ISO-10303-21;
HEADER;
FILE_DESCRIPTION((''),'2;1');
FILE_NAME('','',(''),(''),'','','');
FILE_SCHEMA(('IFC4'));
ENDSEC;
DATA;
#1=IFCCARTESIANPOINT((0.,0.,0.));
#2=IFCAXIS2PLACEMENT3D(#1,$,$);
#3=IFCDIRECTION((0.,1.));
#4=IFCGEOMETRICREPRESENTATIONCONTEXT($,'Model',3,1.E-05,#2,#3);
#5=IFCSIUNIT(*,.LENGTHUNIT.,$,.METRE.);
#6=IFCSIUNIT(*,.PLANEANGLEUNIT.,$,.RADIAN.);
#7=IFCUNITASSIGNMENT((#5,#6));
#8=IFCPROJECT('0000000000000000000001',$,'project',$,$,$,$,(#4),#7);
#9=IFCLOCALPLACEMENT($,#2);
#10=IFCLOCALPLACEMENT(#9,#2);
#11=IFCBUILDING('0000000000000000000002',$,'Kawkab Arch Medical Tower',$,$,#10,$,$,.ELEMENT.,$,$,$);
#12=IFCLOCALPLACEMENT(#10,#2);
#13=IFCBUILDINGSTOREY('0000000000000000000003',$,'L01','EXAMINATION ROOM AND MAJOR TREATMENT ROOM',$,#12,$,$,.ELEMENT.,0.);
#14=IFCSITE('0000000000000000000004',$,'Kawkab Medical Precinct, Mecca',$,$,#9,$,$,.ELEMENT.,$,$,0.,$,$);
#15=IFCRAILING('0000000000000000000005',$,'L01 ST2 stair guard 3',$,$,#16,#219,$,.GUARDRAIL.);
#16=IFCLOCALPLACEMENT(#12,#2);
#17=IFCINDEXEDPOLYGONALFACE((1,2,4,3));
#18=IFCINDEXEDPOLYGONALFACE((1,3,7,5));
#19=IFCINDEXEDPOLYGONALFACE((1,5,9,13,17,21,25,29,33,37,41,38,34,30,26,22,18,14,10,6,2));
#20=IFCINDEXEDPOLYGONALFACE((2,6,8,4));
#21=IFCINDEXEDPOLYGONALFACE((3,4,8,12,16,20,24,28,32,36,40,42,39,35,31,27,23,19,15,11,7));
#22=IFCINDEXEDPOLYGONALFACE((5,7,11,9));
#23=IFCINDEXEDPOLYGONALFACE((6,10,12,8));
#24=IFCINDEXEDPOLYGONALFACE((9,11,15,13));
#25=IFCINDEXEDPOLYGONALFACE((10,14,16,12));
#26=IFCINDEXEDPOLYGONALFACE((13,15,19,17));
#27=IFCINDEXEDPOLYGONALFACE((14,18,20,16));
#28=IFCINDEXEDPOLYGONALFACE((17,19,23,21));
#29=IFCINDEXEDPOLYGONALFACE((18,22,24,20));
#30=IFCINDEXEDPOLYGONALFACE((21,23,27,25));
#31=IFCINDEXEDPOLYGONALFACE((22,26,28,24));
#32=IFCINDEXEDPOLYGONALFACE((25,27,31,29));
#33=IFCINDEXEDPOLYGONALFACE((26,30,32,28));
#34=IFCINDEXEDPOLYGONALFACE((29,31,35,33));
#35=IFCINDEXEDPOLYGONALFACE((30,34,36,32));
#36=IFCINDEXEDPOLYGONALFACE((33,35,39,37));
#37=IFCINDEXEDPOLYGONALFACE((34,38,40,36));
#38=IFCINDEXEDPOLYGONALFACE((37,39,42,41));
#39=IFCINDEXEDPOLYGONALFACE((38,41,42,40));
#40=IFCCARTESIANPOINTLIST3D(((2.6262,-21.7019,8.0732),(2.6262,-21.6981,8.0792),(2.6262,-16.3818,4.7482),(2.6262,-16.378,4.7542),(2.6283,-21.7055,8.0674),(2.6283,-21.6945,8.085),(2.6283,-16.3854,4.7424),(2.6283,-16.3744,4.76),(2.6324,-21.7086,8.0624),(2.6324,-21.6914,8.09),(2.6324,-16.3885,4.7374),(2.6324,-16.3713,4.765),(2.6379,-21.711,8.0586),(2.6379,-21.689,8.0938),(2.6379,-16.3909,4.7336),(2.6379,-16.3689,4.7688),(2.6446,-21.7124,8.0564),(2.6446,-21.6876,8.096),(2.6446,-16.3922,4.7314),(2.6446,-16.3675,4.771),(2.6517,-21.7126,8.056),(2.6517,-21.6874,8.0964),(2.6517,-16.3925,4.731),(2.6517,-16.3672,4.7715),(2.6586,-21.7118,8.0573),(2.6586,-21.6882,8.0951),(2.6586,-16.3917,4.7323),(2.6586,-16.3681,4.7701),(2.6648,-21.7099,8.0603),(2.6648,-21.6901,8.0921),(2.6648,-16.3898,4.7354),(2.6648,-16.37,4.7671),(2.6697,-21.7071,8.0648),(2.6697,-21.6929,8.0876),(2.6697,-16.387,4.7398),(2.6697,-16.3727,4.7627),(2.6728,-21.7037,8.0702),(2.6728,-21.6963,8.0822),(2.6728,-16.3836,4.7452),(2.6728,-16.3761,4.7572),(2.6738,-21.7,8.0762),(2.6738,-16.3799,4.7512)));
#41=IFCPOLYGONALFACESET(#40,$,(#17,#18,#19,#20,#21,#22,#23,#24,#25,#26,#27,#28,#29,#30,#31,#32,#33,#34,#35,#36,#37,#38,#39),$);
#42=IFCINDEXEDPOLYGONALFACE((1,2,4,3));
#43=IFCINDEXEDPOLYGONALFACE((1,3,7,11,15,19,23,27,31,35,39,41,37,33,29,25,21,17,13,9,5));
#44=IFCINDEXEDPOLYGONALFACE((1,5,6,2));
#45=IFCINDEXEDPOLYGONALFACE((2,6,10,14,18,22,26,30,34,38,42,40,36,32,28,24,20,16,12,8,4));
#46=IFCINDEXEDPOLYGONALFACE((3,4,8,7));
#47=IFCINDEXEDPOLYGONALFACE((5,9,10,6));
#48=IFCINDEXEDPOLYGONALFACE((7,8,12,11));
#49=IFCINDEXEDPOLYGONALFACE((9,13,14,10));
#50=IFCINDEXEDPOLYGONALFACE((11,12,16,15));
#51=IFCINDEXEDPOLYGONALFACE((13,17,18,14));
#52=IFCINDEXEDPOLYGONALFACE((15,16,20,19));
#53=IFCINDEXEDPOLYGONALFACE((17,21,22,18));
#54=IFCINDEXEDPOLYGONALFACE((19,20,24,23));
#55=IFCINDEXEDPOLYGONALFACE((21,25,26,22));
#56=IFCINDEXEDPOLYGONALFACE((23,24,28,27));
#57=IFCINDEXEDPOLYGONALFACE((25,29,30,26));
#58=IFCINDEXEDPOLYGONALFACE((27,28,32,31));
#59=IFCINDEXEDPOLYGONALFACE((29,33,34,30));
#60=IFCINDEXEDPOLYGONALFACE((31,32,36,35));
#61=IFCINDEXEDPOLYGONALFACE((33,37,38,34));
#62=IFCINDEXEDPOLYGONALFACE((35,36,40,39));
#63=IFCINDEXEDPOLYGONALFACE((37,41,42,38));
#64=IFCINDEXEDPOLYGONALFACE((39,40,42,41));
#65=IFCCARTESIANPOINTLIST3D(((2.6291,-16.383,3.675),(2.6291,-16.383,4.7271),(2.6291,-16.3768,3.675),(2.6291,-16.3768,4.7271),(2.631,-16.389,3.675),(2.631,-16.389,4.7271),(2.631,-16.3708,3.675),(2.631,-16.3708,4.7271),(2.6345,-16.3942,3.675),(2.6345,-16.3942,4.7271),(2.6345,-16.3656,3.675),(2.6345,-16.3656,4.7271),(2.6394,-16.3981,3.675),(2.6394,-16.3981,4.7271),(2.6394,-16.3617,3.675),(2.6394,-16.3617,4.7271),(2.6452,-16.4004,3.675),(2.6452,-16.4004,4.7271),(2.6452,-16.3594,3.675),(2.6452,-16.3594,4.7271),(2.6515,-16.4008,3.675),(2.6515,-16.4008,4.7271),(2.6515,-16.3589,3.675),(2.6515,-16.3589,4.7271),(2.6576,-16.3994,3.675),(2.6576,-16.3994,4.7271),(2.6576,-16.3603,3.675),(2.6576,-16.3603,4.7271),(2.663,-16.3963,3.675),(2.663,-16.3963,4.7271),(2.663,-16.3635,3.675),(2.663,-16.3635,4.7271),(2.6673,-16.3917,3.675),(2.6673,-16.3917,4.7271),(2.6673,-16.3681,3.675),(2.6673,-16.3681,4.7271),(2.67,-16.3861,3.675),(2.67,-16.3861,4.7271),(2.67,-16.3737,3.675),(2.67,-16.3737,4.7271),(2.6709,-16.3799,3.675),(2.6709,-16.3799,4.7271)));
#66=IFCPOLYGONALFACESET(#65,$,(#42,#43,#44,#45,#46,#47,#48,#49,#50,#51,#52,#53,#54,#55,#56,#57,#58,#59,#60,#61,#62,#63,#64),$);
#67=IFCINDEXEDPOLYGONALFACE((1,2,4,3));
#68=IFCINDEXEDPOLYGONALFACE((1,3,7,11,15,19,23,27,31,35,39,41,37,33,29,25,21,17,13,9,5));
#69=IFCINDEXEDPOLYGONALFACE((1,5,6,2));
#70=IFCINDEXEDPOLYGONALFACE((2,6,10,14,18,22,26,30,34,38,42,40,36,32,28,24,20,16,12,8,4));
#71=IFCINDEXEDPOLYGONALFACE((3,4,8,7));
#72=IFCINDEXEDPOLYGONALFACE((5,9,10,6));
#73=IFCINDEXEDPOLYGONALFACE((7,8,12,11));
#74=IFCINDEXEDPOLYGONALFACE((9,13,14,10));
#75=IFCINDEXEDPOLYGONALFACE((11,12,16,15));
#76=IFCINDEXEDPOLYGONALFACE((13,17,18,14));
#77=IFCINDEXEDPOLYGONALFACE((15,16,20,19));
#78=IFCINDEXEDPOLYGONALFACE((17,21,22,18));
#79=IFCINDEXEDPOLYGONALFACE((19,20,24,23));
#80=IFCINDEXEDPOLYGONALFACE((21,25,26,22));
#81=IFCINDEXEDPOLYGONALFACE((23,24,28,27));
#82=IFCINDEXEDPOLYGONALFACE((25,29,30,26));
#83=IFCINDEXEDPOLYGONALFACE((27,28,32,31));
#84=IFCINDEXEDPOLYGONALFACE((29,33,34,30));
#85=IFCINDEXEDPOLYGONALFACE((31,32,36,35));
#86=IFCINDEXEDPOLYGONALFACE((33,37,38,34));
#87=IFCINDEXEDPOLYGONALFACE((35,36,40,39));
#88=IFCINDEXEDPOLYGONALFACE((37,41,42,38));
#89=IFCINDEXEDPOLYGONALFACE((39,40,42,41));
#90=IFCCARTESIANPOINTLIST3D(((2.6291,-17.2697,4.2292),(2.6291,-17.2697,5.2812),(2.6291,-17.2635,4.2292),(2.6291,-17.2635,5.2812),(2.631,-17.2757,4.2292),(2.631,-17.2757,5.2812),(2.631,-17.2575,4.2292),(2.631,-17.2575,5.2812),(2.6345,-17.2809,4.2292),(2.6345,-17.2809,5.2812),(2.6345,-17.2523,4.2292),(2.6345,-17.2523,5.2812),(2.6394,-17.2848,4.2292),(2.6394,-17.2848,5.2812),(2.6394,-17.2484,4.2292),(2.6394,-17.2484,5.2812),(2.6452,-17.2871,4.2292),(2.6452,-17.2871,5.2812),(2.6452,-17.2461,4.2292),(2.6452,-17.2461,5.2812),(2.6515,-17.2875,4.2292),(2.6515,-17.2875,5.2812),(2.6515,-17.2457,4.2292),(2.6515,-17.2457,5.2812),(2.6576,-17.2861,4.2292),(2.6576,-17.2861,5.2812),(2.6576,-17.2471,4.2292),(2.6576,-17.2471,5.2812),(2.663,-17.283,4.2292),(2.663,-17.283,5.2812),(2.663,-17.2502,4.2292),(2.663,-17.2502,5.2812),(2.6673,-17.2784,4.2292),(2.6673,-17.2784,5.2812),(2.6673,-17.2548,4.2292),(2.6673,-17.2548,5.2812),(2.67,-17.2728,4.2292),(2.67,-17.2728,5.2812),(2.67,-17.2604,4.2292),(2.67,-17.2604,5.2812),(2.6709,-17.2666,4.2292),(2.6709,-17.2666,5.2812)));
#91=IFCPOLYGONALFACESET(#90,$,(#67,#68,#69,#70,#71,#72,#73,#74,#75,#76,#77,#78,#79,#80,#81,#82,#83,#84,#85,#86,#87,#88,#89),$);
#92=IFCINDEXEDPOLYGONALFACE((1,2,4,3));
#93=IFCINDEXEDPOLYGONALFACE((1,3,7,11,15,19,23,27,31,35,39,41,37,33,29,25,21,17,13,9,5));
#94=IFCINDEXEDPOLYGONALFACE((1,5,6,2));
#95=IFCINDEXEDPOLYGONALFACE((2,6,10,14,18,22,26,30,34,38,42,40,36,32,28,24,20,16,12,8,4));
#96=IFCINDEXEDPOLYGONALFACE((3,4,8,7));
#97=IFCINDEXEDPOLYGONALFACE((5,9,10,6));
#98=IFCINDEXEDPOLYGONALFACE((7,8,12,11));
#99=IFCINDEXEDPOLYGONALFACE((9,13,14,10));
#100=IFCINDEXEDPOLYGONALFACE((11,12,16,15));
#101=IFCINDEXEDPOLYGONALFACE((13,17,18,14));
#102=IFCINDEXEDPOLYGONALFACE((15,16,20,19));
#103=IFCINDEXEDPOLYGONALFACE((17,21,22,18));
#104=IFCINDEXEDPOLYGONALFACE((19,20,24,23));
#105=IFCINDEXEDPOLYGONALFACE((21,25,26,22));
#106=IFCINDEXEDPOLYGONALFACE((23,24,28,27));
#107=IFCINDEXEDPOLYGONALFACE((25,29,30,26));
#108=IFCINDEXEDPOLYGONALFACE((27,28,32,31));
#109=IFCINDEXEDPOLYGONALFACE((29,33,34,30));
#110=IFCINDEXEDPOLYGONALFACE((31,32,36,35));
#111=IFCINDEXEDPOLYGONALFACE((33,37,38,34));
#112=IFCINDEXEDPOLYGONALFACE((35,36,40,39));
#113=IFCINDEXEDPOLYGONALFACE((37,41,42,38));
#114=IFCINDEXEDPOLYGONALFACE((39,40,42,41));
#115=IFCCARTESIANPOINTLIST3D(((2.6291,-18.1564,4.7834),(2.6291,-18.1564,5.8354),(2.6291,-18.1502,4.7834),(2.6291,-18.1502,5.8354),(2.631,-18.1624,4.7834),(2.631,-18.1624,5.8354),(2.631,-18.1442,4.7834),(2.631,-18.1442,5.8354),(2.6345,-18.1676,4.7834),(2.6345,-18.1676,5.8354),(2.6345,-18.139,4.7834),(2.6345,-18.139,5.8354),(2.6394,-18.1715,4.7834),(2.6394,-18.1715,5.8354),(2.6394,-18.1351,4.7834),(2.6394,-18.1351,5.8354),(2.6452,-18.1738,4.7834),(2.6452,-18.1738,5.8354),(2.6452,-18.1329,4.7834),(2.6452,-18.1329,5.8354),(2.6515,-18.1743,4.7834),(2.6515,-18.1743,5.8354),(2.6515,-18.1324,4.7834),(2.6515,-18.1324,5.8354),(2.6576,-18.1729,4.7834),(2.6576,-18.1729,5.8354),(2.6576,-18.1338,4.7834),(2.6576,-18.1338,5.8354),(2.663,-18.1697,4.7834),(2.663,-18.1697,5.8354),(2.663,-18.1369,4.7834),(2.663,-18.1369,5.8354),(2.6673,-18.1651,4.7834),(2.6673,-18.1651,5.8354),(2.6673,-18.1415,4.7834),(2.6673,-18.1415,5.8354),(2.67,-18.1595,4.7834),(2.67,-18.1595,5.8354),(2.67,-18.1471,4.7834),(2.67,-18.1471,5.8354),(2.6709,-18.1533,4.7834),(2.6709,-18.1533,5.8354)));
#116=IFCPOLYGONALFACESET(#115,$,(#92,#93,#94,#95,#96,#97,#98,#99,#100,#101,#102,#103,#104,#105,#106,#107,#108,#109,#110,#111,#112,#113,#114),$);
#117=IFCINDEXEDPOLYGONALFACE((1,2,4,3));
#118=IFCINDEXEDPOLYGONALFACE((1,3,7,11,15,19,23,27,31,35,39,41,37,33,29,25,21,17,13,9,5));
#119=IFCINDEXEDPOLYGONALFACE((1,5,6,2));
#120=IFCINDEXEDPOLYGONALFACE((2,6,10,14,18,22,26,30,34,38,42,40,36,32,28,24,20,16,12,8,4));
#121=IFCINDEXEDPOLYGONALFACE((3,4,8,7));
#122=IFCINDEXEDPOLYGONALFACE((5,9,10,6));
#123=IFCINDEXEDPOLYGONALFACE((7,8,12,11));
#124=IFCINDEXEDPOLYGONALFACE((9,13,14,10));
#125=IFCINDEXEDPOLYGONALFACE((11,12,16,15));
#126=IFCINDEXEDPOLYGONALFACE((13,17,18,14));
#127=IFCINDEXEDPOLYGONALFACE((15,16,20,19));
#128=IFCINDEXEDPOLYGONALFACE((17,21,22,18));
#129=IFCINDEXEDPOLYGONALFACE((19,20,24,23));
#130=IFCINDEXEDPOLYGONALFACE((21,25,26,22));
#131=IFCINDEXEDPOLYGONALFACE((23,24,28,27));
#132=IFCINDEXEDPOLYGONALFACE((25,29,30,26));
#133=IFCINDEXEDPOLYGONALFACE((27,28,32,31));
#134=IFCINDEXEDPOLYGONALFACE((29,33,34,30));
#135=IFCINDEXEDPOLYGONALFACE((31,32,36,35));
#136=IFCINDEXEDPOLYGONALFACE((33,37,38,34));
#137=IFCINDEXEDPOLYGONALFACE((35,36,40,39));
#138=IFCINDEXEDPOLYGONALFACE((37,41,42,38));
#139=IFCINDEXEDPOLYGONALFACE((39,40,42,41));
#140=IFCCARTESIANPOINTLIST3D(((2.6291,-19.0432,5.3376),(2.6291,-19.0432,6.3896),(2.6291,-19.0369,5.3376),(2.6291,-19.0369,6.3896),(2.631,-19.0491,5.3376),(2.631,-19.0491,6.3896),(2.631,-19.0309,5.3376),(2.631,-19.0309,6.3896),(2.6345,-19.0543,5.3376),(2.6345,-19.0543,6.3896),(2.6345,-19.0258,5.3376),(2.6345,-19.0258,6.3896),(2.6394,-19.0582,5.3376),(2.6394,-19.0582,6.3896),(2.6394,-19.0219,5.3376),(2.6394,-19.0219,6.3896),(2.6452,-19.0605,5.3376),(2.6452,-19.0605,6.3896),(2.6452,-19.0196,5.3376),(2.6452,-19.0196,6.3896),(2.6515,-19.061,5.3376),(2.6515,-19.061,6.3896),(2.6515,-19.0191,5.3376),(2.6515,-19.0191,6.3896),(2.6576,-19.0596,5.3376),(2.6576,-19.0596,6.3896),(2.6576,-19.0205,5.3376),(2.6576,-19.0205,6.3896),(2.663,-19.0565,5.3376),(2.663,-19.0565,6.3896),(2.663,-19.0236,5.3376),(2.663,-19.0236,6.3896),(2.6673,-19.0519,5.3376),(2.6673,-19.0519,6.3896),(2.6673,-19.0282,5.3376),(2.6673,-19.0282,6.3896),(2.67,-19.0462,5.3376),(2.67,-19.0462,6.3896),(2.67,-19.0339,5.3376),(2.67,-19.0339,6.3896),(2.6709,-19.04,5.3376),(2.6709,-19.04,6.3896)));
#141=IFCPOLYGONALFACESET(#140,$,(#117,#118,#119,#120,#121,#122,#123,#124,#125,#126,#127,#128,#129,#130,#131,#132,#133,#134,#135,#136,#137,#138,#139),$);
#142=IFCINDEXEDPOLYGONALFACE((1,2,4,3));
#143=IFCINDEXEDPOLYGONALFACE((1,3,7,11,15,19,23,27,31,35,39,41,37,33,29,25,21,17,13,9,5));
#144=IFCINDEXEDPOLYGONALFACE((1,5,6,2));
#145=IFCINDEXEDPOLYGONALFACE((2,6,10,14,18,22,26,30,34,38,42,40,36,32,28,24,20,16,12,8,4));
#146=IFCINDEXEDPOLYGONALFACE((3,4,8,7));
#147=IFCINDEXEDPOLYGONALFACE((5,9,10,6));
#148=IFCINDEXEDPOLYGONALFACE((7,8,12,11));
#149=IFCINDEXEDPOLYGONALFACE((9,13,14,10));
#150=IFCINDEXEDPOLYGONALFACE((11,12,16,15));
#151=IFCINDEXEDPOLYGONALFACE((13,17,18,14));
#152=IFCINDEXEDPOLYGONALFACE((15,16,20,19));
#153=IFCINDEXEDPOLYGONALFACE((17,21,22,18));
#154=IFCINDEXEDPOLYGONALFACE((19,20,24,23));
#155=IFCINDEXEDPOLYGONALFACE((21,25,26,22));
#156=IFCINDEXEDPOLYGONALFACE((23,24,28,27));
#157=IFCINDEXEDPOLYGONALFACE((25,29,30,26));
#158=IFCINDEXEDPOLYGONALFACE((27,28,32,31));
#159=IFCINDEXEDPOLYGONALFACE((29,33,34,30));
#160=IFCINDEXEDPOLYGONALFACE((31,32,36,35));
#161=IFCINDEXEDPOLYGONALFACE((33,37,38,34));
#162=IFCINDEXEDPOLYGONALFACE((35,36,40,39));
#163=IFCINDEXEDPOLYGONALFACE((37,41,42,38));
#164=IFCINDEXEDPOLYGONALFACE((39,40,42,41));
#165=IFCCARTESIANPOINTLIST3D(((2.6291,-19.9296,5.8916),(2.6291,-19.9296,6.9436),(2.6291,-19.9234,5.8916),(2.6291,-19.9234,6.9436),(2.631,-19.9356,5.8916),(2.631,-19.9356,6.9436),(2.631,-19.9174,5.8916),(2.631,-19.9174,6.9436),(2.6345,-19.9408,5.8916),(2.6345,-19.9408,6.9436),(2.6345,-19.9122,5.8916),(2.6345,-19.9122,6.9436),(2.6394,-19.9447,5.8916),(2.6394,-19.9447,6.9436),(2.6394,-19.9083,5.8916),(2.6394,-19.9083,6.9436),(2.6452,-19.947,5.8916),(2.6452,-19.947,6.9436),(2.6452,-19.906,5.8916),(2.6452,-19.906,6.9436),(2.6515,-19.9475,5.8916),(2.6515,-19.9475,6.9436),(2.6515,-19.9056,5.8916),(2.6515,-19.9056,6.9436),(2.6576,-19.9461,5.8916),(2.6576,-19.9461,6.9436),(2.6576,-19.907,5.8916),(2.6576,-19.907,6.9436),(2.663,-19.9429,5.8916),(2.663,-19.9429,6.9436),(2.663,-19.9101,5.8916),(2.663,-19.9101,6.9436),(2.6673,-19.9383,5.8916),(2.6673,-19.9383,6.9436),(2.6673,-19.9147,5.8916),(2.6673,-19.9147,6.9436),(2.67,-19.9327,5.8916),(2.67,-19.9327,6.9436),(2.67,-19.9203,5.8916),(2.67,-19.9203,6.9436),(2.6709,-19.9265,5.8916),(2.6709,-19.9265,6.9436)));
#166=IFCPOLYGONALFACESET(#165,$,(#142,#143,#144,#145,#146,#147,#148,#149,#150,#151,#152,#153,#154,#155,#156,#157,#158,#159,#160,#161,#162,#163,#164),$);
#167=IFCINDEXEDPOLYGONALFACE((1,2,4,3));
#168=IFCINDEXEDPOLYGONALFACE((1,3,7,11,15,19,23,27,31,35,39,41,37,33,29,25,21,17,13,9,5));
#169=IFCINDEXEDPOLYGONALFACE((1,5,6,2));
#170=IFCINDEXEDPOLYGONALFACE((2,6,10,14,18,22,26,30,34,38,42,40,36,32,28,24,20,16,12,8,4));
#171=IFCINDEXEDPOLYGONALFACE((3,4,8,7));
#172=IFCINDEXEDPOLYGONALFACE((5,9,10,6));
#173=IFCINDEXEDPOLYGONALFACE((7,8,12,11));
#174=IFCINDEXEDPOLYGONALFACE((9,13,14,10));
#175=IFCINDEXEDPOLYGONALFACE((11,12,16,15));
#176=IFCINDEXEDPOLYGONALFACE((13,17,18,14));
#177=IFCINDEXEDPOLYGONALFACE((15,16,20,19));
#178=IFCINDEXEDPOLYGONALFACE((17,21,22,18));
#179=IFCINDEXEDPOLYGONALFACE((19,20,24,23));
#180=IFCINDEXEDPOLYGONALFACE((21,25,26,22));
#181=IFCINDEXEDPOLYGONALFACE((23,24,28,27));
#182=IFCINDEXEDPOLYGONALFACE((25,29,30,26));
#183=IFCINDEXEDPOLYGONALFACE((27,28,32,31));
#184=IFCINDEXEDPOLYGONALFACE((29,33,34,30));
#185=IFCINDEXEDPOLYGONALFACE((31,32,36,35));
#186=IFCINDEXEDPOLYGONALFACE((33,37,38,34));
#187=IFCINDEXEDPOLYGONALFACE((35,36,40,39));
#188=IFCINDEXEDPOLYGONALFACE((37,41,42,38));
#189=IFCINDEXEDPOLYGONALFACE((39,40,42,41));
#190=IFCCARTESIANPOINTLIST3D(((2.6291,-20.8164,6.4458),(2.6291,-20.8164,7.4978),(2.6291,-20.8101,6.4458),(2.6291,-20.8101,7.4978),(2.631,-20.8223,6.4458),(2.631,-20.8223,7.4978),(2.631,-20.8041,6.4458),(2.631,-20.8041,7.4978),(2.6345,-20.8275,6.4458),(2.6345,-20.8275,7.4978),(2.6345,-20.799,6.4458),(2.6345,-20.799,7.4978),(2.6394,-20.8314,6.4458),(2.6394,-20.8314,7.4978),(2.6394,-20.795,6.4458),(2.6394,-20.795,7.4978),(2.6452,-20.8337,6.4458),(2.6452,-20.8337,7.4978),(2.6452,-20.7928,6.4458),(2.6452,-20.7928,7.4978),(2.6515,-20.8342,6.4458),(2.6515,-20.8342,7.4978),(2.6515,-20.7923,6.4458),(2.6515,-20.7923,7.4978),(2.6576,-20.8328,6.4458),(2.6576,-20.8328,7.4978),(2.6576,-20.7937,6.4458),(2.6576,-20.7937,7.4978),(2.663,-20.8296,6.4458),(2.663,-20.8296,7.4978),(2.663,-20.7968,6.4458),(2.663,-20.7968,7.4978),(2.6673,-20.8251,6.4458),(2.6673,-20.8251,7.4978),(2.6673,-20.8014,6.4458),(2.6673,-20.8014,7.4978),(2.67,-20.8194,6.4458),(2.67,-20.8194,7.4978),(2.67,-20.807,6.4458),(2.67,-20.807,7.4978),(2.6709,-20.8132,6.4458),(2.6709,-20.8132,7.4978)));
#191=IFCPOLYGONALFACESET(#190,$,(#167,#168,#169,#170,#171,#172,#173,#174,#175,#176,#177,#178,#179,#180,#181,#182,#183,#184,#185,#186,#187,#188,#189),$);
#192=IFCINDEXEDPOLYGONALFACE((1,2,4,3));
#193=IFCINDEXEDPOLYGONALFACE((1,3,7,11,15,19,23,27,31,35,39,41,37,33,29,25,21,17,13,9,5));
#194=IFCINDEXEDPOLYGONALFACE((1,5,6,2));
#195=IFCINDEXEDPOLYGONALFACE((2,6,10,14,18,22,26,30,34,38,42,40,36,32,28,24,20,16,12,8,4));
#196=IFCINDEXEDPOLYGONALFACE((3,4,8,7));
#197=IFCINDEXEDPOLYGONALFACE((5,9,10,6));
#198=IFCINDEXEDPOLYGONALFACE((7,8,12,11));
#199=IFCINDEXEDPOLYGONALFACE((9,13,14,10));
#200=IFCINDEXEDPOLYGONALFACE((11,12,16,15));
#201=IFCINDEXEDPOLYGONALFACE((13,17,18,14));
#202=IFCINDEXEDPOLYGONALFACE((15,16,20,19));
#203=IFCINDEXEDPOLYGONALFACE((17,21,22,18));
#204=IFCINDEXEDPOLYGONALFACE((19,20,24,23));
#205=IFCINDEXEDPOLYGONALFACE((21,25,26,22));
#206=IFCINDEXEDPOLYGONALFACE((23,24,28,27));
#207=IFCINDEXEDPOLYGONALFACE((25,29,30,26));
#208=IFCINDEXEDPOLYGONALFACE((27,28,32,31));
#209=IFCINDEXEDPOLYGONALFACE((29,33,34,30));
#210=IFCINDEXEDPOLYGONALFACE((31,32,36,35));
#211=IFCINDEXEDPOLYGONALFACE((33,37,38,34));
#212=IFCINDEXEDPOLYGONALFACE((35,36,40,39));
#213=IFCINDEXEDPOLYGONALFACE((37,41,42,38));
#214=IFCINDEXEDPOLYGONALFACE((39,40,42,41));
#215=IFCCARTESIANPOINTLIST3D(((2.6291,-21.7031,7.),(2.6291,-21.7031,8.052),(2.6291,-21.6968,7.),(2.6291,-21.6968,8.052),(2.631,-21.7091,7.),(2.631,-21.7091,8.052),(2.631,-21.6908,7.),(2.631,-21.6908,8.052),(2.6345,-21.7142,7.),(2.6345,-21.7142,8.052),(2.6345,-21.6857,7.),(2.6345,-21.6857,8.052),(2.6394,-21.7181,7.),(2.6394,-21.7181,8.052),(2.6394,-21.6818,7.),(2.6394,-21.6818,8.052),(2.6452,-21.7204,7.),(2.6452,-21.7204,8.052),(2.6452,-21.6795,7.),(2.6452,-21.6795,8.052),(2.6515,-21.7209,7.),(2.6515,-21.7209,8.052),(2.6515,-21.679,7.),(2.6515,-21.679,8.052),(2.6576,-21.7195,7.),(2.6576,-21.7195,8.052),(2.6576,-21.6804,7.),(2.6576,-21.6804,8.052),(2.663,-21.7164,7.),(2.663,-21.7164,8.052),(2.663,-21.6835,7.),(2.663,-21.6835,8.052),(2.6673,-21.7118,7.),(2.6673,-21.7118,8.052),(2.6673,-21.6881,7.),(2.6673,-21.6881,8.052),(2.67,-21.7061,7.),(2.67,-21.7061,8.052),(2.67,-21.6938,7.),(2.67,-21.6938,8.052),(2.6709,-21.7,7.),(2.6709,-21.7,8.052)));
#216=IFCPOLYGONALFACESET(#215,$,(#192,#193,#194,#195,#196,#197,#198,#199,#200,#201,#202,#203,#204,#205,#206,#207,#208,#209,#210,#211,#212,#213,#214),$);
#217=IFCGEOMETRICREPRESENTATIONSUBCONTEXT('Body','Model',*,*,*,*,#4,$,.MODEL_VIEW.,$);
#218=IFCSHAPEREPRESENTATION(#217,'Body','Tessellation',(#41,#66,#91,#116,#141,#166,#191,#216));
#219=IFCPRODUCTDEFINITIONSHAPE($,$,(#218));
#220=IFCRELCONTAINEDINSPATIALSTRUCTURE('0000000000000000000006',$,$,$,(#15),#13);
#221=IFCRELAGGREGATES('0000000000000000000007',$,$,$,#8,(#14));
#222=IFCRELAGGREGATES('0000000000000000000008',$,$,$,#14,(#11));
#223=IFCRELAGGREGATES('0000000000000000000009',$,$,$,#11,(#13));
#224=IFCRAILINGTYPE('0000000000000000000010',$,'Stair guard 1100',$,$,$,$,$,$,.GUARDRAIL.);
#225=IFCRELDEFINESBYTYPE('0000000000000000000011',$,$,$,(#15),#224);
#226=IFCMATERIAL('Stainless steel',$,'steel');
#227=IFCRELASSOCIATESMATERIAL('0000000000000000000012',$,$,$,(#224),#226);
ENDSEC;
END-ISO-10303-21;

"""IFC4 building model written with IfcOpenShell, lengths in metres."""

from ifc_helpers import new_model, si_unit, direction, frame, origin, origin_2d, place, context, subcontext, project, spatial, circle, extrude, material, type_object, element, save


model = new_model("IFC4")

# Units and contexts
model_context = context("Model", 3, precision=1e-05, world=origin(), true_north=direction((0.0, 1.0)))
body_context = subcontext(model_context, "Body", "Model", "MODEL_VIEW")
ifc_project = project(units=[si_unit("LENGTHUNIT", "METRE"), si_unit("PLANEANGLEUNIT", "RADIAN")], contexts=[model_context])

# Site, building, storey
site_placement = place(None, origin())
site = spatial("IfcSite", under=ifc_project, at=site_placement, Name="Kawkab Medical Precinct, Mecca", CompositionType="ELEMENT", RefElevation=0.0)
building_placement = place(site_placement, origin())
building = spatial("IfcBuilding", under=site, at=building_placement, Name="Kawkab Arch Medical Tower", CompositionType="ELEMENT")
storey_placement = place(building_placement, origin())
storey = spatial("IfcBuildingStorey", under=building, at=storey_placement, Name="L01", Description="EXAMINATION ROOM AND MAJOR TREATMENT ROOM", CompositionType="ELEMENT", Elevation=0.0)

# Railing
ifc_material_1 = material(Name="Stainless steel", Category="steel")
railing_type = type_object("IfcRailingType", Name="Stair guard 1100", PredefinedType="GUARDRAIL", material=ifc_material_1)
railing_1_placement = place(storey_placement, frame((2.6499, -16.3799, 3.675)))
element("IfcRailing", 1, at=railing_1_placement, inside=storey, type_object=railing_type, Name="L01 ST2 stair guard 3", PredefinedType="GUARDRAIL", context=body_context, shape_type="SweptSolid", body=[
    extrude(circle(Radius=0.0239, at=origin_2d()), frame((0.0, 0.0, 1.0762), z_axis=(0.0, -0.848005, 0.529988), x_axis=(1.0, 0.0, 0.0)), (0.0, 0.0, 1.0), 6.2737),
    extrude(circle(Radius=0.021, at=origin_2d()), origin(), (0.0, 0.0, 1.0), 1.052),
    extrude(circle(Radius=0.021, at=origin_2d()), frame((0.0, -0.8867, 0.5542)), (0.0, 0.0, 1.0), 1.052),
    extrude(circle(Radius=0.021, at=origin_2d()), frame((0.0, -1.7734, 1.1084)), (0.0, 0.0, 1.0), 1.052),
    extrude(circle(Radius=0.021, at=origin_2d()), frame((0.0, -2.6602, 1.6626)), (0.0, 0.0, 1.0), 1.052),
    extrude(circle(Radius=0.021, at=origin_2d()), frame((0.0, -3.5466, 2.2166)), (0.0, 0.0, 1.0), 1.052),
    extrude(circle(Radius=0.021, at=origin_2d()), frame((0.0, -4.4333, 2.7708)), (0.0, 0.0, 1.0), 1.052),
    extrude(circle(Radius=0.021, at=origin_2d()), frame((0.0, -5.3201, 3.325)), (0.0, 0.0, 1.0), 1.052),
])

save(model, "model.ifc")
